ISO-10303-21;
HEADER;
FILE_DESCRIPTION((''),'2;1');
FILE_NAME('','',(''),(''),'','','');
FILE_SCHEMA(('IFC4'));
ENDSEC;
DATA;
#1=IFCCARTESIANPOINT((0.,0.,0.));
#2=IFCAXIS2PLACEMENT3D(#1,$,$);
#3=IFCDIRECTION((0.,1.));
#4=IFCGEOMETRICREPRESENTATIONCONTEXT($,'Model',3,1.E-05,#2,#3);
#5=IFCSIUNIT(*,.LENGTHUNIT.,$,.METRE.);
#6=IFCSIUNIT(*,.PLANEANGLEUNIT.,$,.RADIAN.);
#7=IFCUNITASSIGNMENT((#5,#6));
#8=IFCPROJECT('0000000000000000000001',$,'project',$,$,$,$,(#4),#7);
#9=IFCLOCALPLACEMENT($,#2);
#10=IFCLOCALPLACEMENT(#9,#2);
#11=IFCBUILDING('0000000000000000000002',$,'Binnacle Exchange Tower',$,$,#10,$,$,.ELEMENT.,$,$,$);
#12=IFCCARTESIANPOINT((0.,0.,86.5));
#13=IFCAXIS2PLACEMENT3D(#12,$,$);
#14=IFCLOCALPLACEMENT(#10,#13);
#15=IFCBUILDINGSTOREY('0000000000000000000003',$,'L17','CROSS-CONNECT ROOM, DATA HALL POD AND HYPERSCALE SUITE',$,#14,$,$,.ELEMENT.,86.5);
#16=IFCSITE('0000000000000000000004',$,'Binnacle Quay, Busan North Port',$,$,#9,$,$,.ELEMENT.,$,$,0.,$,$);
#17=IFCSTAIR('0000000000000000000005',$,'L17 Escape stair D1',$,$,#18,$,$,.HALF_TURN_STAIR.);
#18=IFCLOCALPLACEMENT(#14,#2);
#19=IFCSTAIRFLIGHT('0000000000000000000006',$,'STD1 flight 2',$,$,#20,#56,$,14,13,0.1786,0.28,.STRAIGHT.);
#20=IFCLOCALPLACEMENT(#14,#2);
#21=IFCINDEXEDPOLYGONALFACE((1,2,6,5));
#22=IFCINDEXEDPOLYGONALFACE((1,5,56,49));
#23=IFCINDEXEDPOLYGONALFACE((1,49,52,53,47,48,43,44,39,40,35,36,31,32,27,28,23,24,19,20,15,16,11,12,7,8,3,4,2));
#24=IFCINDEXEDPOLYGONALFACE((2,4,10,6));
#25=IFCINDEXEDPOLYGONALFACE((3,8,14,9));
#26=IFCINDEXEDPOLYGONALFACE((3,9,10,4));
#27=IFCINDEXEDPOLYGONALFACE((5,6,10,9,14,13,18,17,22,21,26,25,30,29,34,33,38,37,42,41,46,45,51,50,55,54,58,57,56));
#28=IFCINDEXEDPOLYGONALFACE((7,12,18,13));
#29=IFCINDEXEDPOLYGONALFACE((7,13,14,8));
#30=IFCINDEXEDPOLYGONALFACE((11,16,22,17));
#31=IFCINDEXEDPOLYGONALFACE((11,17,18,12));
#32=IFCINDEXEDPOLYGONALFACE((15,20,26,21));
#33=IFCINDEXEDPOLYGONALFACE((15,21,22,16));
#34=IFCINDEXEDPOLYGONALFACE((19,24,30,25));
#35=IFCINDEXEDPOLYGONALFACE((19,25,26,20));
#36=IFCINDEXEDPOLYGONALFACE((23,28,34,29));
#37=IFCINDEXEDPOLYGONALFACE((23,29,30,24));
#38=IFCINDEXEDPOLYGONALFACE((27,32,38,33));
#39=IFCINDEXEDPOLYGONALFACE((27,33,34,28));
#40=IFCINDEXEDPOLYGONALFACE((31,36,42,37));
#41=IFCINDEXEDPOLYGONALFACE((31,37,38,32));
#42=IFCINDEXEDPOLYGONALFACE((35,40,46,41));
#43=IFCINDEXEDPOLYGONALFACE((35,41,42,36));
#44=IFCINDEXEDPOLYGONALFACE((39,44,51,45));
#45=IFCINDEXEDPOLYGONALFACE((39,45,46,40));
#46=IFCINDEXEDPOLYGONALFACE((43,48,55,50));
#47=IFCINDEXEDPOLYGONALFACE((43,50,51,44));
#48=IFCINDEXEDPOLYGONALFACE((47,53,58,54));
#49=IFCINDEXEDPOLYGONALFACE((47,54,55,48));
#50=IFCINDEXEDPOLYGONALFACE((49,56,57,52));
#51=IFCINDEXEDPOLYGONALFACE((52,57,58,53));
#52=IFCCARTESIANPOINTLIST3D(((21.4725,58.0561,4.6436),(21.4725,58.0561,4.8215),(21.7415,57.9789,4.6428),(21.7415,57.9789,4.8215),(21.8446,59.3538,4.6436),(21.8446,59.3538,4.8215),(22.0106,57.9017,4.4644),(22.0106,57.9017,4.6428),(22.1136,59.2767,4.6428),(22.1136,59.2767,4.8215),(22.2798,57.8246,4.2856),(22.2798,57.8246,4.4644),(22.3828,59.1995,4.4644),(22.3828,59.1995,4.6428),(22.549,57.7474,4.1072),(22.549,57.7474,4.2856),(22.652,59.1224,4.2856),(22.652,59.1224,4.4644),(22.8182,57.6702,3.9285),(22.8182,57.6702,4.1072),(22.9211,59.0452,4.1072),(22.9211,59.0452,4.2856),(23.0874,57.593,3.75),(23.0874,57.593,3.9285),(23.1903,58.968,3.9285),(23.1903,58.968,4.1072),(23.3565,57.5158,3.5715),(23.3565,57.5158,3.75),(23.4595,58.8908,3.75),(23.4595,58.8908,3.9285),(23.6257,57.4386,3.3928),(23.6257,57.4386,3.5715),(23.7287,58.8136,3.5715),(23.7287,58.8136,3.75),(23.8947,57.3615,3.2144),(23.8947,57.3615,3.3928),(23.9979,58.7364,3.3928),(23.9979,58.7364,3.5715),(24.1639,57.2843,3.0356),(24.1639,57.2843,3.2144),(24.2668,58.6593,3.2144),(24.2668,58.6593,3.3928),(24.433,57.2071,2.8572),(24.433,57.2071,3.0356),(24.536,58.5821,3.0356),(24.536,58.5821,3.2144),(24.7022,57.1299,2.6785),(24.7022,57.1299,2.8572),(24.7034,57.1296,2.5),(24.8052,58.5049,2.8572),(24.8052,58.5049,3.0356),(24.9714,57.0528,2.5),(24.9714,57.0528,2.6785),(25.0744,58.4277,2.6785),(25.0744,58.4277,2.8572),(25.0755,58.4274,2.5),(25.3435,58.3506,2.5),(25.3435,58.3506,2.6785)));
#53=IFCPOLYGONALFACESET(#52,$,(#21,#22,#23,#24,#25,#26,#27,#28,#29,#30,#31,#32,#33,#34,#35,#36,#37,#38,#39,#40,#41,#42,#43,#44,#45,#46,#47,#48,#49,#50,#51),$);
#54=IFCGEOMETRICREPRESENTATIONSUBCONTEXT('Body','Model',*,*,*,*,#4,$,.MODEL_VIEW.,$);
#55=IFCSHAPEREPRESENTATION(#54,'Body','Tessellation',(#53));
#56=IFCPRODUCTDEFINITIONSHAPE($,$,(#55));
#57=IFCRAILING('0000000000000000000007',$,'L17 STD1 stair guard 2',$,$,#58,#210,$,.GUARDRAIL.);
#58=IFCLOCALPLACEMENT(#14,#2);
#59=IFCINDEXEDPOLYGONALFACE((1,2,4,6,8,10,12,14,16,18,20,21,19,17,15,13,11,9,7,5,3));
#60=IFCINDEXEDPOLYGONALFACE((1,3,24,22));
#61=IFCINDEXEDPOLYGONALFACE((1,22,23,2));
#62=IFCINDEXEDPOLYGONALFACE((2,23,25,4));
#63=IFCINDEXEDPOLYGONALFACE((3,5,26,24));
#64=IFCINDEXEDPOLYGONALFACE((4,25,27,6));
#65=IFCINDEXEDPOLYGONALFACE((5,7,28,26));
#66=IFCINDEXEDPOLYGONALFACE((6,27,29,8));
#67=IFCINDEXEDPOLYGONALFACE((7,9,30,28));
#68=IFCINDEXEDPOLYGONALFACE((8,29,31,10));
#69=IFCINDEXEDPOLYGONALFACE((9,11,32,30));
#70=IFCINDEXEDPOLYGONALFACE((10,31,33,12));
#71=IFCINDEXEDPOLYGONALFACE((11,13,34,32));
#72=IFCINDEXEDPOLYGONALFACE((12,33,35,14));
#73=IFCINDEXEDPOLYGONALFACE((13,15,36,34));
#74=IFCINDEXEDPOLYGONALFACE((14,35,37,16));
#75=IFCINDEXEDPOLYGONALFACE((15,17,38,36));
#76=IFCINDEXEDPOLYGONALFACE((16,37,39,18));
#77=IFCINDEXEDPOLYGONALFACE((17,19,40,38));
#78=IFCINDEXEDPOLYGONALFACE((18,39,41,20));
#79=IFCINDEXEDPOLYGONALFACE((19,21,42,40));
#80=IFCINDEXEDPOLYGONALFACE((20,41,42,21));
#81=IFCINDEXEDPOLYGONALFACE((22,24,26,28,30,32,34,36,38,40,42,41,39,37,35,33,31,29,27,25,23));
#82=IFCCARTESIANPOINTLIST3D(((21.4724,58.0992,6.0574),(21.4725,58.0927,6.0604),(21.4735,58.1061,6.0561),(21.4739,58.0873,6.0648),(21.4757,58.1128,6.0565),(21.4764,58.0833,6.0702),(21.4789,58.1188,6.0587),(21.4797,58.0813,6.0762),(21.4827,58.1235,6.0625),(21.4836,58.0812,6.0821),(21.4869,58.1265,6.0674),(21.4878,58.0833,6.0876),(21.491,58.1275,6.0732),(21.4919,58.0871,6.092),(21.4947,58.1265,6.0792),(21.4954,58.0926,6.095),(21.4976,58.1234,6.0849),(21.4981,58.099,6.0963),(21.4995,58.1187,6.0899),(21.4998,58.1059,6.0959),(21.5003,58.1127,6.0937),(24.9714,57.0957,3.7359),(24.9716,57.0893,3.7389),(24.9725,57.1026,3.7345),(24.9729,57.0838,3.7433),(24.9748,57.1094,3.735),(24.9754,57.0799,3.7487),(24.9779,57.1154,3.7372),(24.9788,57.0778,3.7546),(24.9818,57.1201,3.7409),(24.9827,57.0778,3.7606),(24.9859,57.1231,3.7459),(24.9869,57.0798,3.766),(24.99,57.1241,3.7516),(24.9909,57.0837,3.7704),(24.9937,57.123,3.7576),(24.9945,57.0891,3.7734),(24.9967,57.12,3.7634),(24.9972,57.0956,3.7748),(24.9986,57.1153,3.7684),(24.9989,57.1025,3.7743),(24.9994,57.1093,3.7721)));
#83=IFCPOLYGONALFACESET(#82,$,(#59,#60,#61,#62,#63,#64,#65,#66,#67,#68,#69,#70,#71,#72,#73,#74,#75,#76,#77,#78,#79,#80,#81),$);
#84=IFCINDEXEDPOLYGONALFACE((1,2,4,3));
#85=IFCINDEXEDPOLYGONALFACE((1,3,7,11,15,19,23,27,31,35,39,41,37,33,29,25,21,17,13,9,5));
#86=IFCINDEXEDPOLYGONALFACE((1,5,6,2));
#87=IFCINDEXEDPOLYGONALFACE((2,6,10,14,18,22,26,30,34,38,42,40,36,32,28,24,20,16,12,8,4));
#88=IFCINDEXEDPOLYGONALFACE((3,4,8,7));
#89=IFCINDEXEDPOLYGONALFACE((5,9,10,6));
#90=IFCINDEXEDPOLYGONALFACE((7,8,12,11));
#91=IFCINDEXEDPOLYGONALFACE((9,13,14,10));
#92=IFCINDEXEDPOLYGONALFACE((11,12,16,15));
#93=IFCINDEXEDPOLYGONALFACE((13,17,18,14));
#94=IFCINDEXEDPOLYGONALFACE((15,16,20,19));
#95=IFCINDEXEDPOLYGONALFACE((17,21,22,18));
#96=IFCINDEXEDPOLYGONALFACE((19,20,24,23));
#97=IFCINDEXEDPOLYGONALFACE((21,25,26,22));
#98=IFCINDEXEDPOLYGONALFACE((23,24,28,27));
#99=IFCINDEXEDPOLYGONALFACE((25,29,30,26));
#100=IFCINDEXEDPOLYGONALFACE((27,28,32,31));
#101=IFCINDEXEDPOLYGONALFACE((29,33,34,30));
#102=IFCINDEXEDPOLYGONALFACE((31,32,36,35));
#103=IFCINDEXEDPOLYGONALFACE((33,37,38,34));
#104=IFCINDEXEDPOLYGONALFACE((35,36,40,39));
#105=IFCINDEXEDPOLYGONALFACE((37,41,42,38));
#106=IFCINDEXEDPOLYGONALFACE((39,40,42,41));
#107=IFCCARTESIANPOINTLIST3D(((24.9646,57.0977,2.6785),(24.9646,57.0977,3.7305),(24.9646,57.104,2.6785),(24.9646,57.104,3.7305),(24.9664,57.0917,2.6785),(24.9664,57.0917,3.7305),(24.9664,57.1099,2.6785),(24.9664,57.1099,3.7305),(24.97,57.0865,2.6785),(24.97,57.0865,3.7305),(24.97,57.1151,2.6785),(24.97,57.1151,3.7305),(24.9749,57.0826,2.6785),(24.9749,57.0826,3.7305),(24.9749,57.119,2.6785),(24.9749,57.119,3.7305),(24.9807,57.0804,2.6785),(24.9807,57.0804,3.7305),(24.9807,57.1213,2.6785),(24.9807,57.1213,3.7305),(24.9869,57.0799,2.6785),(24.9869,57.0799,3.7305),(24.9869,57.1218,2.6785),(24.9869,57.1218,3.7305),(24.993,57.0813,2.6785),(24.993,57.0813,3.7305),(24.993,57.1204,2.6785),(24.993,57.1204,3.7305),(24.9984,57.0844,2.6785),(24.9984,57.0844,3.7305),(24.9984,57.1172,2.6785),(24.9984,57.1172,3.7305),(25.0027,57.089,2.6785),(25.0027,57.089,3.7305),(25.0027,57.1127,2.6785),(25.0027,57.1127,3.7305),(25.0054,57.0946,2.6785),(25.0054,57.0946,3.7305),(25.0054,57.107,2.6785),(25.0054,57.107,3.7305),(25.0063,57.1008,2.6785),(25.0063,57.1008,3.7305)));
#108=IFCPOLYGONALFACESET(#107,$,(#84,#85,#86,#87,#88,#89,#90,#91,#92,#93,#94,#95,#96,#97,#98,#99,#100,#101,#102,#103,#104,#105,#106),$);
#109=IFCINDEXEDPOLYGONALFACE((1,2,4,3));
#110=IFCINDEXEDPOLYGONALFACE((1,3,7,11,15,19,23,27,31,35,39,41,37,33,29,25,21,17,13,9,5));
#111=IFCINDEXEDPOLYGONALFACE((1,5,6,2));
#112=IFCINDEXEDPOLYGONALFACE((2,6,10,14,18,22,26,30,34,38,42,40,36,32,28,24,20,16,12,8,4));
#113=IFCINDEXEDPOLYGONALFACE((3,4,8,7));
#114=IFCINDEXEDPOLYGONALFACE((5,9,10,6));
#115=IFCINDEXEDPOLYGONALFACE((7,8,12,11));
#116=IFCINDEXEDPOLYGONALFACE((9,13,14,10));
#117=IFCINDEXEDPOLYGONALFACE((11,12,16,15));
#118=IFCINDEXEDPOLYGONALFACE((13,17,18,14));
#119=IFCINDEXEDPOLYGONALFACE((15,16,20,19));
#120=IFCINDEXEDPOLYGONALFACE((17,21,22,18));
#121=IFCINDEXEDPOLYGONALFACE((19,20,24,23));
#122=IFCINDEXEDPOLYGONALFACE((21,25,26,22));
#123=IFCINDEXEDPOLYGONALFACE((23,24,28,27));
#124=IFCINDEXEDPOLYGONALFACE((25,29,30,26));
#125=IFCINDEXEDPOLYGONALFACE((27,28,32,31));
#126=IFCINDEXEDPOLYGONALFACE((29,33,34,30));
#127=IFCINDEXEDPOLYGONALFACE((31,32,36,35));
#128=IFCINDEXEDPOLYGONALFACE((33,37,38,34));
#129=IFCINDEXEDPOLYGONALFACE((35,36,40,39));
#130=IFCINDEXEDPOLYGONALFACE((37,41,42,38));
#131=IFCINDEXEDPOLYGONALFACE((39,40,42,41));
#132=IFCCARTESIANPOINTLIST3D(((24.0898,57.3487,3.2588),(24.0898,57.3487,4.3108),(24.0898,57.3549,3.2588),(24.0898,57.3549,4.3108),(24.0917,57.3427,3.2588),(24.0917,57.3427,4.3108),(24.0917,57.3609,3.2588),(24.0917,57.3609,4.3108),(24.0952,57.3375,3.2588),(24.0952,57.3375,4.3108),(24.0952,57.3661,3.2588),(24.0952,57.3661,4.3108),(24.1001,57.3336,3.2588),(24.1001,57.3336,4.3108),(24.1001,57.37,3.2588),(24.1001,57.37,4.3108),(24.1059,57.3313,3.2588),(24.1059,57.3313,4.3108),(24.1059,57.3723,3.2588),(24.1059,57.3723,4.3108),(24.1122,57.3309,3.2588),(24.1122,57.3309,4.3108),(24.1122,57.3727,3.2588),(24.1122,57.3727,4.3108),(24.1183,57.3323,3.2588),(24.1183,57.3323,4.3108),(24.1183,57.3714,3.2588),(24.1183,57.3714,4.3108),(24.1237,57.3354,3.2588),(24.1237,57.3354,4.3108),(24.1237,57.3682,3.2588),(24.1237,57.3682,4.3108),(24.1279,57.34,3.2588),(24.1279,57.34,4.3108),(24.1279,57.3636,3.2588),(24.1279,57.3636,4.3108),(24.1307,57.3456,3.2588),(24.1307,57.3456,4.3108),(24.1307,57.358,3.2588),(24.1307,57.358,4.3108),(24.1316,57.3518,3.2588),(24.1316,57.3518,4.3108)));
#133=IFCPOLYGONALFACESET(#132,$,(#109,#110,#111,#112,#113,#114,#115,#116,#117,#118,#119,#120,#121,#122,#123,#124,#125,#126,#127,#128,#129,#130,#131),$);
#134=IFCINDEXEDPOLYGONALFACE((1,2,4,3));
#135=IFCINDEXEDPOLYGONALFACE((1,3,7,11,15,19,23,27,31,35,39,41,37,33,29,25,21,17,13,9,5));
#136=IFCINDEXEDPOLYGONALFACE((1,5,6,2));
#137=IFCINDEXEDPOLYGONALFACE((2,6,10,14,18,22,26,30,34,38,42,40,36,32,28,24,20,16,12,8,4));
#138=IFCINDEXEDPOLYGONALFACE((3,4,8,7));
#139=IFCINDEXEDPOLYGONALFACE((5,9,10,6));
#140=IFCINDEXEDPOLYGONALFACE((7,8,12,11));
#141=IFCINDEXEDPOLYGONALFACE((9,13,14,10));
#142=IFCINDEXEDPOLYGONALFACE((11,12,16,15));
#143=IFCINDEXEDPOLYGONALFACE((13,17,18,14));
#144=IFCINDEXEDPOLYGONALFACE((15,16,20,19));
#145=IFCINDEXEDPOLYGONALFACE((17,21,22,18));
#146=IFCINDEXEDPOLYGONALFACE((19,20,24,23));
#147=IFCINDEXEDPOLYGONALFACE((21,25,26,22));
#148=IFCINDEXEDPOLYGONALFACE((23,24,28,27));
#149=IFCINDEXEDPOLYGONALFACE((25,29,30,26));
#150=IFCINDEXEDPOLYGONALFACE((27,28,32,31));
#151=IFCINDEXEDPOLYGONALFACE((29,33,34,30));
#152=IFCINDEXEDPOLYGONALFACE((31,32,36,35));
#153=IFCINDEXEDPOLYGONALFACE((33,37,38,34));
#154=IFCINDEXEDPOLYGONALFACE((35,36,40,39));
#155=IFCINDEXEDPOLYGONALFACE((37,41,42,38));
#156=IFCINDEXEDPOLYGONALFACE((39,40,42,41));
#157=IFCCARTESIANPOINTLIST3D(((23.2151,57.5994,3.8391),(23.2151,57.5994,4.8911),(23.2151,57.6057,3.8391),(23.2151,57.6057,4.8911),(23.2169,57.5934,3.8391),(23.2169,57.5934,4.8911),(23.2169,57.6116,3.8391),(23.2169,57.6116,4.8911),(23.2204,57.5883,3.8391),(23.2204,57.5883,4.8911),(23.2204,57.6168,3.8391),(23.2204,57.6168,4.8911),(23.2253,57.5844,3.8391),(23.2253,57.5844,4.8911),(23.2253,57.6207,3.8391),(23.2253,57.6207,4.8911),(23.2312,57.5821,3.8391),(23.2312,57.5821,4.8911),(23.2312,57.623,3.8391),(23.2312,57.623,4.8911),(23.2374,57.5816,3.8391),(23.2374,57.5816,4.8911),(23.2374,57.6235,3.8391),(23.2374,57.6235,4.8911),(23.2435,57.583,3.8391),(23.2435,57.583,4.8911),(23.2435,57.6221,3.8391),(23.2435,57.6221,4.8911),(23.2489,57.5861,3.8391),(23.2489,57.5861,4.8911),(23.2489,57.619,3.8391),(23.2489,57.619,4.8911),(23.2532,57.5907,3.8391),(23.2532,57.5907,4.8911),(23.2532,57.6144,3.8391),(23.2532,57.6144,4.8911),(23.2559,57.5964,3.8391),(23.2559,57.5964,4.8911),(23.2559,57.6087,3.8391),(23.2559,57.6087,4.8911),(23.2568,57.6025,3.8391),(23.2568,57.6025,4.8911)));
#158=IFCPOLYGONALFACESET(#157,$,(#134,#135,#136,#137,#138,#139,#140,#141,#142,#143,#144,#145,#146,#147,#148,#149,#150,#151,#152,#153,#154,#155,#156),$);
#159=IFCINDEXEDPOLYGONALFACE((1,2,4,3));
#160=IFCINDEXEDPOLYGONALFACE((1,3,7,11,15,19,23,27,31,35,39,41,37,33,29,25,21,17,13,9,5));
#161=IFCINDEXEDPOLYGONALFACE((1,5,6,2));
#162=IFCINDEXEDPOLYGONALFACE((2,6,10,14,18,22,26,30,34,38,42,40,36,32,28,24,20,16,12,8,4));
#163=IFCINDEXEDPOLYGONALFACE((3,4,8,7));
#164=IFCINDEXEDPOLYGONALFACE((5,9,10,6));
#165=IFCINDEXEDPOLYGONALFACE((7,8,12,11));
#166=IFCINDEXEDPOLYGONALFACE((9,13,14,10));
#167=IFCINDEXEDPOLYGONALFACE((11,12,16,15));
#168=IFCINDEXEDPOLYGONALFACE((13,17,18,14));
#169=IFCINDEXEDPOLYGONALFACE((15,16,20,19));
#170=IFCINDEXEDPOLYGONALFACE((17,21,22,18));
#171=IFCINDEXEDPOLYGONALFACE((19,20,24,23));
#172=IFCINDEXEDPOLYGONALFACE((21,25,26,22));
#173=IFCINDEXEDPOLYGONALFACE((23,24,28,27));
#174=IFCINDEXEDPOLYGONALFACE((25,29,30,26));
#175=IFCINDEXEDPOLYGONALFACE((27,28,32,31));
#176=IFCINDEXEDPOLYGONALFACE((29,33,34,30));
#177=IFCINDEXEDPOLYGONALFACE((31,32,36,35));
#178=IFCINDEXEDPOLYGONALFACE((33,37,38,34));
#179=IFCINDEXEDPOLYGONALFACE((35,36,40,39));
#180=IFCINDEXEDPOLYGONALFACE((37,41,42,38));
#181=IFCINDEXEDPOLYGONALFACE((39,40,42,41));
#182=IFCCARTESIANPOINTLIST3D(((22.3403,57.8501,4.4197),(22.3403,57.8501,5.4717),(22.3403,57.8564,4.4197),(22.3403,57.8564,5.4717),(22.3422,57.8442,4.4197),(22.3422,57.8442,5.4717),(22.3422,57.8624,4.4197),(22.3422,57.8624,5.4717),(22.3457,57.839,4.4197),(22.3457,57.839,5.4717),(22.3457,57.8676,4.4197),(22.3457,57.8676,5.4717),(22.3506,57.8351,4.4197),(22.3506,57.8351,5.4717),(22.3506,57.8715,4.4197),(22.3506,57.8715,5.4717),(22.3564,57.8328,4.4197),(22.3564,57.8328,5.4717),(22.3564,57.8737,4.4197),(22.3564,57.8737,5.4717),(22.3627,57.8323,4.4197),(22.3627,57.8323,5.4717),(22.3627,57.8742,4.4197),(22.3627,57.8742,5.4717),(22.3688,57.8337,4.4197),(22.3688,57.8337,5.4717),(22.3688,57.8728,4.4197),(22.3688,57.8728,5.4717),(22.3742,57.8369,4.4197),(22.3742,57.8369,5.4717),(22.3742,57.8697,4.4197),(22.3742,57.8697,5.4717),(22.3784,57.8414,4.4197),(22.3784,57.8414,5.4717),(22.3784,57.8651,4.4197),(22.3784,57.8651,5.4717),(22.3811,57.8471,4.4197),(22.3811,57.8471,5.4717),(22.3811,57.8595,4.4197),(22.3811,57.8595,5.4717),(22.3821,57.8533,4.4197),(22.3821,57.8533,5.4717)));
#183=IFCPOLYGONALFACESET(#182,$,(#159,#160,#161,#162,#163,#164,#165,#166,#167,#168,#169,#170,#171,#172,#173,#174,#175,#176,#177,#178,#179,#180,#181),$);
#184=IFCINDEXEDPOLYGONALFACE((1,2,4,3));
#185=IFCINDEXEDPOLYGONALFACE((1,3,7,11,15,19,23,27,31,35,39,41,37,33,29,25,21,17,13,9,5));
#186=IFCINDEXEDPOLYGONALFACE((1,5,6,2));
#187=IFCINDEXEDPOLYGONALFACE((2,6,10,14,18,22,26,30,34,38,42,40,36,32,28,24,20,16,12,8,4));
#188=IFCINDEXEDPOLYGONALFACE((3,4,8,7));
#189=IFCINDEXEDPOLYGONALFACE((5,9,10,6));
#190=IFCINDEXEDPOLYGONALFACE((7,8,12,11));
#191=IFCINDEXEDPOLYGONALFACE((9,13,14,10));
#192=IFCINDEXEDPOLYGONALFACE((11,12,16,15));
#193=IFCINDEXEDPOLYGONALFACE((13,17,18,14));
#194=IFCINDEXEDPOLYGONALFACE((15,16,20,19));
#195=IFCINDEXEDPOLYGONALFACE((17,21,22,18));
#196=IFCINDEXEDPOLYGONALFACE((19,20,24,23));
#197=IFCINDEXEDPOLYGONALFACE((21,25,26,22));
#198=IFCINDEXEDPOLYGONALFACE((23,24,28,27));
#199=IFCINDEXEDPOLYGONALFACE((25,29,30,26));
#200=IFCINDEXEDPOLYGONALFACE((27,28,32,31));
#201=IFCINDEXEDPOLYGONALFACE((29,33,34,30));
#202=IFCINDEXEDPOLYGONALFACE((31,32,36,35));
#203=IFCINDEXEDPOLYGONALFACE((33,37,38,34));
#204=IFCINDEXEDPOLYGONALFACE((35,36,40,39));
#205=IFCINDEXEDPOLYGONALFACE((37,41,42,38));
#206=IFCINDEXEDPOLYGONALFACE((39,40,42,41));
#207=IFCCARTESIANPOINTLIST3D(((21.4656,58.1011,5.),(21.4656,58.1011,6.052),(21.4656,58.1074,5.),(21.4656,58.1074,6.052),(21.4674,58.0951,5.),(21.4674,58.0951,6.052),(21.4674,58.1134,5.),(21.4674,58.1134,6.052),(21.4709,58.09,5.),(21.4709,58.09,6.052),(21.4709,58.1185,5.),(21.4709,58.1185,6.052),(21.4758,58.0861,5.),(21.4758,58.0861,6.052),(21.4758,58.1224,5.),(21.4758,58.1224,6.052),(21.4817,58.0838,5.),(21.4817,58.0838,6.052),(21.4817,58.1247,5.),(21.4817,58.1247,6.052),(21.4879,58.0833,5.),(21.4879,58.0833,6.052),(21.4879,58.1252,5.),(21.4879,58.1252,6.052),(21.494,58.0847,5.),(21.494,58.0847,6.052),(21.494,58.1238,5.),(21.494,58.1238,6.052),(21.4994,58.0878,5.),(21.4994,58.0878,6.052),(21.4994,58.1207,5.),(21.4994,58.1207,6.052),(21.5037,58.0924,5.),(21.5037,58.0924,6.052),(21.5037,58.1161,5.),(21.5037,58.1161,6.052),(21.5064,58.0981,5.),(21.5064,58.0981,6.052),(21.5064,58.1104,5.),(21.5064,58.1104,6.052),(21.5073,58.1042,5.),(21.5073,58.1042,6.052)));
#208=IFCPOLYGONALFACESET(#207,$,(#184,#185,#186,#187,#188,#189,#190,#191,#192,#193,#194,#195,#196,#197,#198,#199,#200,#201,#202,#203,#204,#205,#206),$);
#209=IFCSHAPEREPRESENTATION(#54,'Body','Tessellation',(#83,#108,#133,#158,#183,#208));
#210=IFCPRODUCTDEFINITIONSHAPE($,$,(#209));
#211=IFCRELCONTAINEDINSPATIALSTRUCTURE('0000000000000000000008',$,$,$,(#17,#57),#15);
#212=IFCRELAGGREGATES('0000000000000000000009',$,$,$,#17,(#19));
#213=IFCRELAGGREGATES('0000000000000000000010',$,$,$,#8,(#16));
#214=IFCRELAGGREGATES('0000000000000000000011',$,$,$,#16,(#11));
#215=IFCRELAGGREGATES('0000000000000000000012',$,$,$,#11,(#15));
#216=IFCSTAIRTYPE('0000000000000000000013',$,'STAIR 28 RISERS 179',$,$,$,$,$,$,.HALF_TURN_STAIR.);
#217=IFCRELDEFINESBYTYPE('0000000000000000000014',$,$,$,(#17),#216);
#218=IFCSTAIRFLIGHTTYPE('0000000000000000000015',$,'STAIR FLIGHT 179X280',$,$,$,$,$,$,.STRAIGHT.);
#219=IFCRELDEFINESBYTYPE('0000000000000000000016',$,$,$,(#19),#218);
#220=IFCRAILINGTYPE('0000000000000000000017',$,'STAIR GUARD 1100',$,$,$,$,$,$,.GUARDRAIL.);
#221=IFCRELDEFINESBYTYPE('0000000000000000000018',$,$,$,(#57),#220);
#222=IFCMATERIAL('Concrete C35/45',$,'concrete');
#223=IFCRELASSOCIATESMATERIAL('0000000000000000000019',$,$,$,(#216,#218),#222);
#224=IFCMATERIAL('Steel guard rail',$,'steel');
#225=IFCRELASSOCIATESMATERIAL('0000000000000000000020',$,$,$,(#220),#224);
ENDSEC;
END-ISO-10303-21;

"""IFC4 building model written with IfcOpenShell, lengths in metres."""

from ifc_helpers import new_model, si_unit, direction, frame, origin, origin_2d, place, context, subcontext, project, spatial, polyline, circle, outline, extrude, material, type_object, element, aggregate, save


model = new_model("IFC4")

# Units and contexts
model_context = context("Model", 3, precision=1e-05, world=origin(), true_north=direction((0.0, 1.0)))
body_context = subcontext(model_context, "Body", "Model", "MODEL_VIEW")
ifc_project = project(units=[si_unit("LENGTHUNIT", "METRE"), si_unit("PLANEANGLEUNIT", "RADIAN")], contexts=[model_context])

# Site, building, storey
site_placement = place(None, origin())
site = spatial("IfcSite", under=ifc_project, at=site_placement, Name="Binnacle Quay, Busan North Port", CompositionType="ELEMENT", RefElevation=0.0)
building_placement = place(site_placement, origin())
building = spatial("IfcBuilding", under=site, at=building_placement, Name="Binnacle Exchange Tower", CompositionType="ELEMENT")
storey_placement = place(building_placement, frame((0.0, 0.0, 86.5)))
storey = spatial("IfcBuildingStorey", under=building, at=storey_placement, Name="L17", Description="CROSS-CONNECT ROOM, DATA HALL POD AND HYPERSCALE SUITE", CompositionType="ELEMENT", Elevation=86.5)

# Stair, stair flight
ifc_material_1 = material(Name="Concrete C35/45", Category="concrete")
stair_type = type_object("IfcStairType", Name="STAIR 28 RISERS 179", PredefinedType="HALF_TURN_STAIR", material=ifc_material_1)
stair_placement = place(storey_placement, origin())
stair = element("IfcStair", 1, at=stair_placement, inside=storey, type_object=stair_type, Name="L17 Escape stair D1", PredefinedType="HALF_TURN_STAIR")
stair_flight_type = type_object("IfcStairFlightType", Name="STAIR FLIGHT 179X280", PredefinedType="STRAIGHT", material=ifc_material_1)
stair_flight_1_placement = place(storey_placement, frame((25.1575, 57.7017, 2.5), z_axis=(0.0, 0.0, 1.0), x_axis=(-0.961262, 0.275637, 0.0)))
stair_flight_1 = element("IfcStairFlight", 2, at=stair_flight_1_placement, type_object=stair_flight_type, Name="STD1 flight 2", NumberOfRisers=14, NumberOfTreads=13, PredefinedType="STRAIGHT", RiserHeight=0.1786, TreadLength=0.28, context=body_context, shape_type="SweptSolid", body=[
    extrude(outline(polyline([(0.0, 0.0), (0.0, 0.1785), (0.28, 0.1785), (0.28, 0.3572), (0.5601, 0.3572), (0.5601, 0.5356), (0.8401, 0.5356), (0.8401, 0.7144), (1.1201, 0.7144), (1.1201, 0.8928), (1.3999, 0.8928), (1.3999, 1.0715), (1.6799, 1.0715), (1.6799, 1.25), (1.96, 1.25), (1.96, 1.4285), (2.24, 1.4285), (2.24, 1.6072), (2.52, 1.6072), (2.52, 1.7856), (2.8, 1.7856), (2.8, 1.9644), (3.0801, 1.9644), (3.0801, 2.1428), (3.3601, 2.1428), (3.3601, 2.3215), (3.6399, 2.3215), (3.6399, 2.5), (3.6399, 2.1436), (0.2788, 0.0), (0.0, 0.0)])), frame((0.0, 0.675, 0.0), z_axis=(0.0, -1.0, 0.0), x_axis=(1.0, 0.0, 0.0)), (0.0, 0.0, 1.0), 1.3501),
])
aggregate(stair, [stair_flight_1])

# Railing
ifc_material_2 = material(Name="Steel guard rail", Category="steel")
railing_type_1 = type_object("IfcRailingType", Name="STAIR GUARD 1100", PredefinedType="GUARDRAIL", material=ifc_material_2)
railing_1_placement = place(storey_placement, frame((24.9854, 57.1008, 2.6785)))
element("IfcRailing", 3, at=railing_1_placement, inside=storey, type_object=railing_type_1, Name="L17 STD1 stair guard 2", PredefinedType="GUARDRAIL", context=body_context, shape_type="SweptSolid", body=[
    extrude(circle(Radius=0.0239, at=origin_2d()), frame((0.0, 0.0, 1.0762), z_axis=(-0.810456, 0.232415, 0.537722), x_axis=(-0.27566, -0.961255, 0.0)), (0.0, 0.0, 1.0), 4.3174),
    extrude(circle(Radius=0.021, at=origin_2d()), origin(), (0.0, 0.0, 1.0), 1.052),
    extrude(circle(Radius=0.021, at=origin_2d()), frame((-0.8748, 0.251, 0.5803)), (0.0, 0.0, 1.0), 1.052),
    extrude(circle(Radius=0.021, at=origin_2d()), frame((-1.7495, 0.5017, 1.1606)), (0.0, 0.0, 1.0), 1.052),
    extrude(circle(Radius=0.021, at=origin_2d()), frame((-2.6243, 0.7524, 1.7412)), (0.0, 0.0, 1.0), 1.052),
    extrude(circle(Radius=0.021, at=origin_2d()), frame((-3.499, 1.0034, 2.3215)), (0.0, 0.0, 1.0), 1.052),
])

save(model, "model.ifc")
